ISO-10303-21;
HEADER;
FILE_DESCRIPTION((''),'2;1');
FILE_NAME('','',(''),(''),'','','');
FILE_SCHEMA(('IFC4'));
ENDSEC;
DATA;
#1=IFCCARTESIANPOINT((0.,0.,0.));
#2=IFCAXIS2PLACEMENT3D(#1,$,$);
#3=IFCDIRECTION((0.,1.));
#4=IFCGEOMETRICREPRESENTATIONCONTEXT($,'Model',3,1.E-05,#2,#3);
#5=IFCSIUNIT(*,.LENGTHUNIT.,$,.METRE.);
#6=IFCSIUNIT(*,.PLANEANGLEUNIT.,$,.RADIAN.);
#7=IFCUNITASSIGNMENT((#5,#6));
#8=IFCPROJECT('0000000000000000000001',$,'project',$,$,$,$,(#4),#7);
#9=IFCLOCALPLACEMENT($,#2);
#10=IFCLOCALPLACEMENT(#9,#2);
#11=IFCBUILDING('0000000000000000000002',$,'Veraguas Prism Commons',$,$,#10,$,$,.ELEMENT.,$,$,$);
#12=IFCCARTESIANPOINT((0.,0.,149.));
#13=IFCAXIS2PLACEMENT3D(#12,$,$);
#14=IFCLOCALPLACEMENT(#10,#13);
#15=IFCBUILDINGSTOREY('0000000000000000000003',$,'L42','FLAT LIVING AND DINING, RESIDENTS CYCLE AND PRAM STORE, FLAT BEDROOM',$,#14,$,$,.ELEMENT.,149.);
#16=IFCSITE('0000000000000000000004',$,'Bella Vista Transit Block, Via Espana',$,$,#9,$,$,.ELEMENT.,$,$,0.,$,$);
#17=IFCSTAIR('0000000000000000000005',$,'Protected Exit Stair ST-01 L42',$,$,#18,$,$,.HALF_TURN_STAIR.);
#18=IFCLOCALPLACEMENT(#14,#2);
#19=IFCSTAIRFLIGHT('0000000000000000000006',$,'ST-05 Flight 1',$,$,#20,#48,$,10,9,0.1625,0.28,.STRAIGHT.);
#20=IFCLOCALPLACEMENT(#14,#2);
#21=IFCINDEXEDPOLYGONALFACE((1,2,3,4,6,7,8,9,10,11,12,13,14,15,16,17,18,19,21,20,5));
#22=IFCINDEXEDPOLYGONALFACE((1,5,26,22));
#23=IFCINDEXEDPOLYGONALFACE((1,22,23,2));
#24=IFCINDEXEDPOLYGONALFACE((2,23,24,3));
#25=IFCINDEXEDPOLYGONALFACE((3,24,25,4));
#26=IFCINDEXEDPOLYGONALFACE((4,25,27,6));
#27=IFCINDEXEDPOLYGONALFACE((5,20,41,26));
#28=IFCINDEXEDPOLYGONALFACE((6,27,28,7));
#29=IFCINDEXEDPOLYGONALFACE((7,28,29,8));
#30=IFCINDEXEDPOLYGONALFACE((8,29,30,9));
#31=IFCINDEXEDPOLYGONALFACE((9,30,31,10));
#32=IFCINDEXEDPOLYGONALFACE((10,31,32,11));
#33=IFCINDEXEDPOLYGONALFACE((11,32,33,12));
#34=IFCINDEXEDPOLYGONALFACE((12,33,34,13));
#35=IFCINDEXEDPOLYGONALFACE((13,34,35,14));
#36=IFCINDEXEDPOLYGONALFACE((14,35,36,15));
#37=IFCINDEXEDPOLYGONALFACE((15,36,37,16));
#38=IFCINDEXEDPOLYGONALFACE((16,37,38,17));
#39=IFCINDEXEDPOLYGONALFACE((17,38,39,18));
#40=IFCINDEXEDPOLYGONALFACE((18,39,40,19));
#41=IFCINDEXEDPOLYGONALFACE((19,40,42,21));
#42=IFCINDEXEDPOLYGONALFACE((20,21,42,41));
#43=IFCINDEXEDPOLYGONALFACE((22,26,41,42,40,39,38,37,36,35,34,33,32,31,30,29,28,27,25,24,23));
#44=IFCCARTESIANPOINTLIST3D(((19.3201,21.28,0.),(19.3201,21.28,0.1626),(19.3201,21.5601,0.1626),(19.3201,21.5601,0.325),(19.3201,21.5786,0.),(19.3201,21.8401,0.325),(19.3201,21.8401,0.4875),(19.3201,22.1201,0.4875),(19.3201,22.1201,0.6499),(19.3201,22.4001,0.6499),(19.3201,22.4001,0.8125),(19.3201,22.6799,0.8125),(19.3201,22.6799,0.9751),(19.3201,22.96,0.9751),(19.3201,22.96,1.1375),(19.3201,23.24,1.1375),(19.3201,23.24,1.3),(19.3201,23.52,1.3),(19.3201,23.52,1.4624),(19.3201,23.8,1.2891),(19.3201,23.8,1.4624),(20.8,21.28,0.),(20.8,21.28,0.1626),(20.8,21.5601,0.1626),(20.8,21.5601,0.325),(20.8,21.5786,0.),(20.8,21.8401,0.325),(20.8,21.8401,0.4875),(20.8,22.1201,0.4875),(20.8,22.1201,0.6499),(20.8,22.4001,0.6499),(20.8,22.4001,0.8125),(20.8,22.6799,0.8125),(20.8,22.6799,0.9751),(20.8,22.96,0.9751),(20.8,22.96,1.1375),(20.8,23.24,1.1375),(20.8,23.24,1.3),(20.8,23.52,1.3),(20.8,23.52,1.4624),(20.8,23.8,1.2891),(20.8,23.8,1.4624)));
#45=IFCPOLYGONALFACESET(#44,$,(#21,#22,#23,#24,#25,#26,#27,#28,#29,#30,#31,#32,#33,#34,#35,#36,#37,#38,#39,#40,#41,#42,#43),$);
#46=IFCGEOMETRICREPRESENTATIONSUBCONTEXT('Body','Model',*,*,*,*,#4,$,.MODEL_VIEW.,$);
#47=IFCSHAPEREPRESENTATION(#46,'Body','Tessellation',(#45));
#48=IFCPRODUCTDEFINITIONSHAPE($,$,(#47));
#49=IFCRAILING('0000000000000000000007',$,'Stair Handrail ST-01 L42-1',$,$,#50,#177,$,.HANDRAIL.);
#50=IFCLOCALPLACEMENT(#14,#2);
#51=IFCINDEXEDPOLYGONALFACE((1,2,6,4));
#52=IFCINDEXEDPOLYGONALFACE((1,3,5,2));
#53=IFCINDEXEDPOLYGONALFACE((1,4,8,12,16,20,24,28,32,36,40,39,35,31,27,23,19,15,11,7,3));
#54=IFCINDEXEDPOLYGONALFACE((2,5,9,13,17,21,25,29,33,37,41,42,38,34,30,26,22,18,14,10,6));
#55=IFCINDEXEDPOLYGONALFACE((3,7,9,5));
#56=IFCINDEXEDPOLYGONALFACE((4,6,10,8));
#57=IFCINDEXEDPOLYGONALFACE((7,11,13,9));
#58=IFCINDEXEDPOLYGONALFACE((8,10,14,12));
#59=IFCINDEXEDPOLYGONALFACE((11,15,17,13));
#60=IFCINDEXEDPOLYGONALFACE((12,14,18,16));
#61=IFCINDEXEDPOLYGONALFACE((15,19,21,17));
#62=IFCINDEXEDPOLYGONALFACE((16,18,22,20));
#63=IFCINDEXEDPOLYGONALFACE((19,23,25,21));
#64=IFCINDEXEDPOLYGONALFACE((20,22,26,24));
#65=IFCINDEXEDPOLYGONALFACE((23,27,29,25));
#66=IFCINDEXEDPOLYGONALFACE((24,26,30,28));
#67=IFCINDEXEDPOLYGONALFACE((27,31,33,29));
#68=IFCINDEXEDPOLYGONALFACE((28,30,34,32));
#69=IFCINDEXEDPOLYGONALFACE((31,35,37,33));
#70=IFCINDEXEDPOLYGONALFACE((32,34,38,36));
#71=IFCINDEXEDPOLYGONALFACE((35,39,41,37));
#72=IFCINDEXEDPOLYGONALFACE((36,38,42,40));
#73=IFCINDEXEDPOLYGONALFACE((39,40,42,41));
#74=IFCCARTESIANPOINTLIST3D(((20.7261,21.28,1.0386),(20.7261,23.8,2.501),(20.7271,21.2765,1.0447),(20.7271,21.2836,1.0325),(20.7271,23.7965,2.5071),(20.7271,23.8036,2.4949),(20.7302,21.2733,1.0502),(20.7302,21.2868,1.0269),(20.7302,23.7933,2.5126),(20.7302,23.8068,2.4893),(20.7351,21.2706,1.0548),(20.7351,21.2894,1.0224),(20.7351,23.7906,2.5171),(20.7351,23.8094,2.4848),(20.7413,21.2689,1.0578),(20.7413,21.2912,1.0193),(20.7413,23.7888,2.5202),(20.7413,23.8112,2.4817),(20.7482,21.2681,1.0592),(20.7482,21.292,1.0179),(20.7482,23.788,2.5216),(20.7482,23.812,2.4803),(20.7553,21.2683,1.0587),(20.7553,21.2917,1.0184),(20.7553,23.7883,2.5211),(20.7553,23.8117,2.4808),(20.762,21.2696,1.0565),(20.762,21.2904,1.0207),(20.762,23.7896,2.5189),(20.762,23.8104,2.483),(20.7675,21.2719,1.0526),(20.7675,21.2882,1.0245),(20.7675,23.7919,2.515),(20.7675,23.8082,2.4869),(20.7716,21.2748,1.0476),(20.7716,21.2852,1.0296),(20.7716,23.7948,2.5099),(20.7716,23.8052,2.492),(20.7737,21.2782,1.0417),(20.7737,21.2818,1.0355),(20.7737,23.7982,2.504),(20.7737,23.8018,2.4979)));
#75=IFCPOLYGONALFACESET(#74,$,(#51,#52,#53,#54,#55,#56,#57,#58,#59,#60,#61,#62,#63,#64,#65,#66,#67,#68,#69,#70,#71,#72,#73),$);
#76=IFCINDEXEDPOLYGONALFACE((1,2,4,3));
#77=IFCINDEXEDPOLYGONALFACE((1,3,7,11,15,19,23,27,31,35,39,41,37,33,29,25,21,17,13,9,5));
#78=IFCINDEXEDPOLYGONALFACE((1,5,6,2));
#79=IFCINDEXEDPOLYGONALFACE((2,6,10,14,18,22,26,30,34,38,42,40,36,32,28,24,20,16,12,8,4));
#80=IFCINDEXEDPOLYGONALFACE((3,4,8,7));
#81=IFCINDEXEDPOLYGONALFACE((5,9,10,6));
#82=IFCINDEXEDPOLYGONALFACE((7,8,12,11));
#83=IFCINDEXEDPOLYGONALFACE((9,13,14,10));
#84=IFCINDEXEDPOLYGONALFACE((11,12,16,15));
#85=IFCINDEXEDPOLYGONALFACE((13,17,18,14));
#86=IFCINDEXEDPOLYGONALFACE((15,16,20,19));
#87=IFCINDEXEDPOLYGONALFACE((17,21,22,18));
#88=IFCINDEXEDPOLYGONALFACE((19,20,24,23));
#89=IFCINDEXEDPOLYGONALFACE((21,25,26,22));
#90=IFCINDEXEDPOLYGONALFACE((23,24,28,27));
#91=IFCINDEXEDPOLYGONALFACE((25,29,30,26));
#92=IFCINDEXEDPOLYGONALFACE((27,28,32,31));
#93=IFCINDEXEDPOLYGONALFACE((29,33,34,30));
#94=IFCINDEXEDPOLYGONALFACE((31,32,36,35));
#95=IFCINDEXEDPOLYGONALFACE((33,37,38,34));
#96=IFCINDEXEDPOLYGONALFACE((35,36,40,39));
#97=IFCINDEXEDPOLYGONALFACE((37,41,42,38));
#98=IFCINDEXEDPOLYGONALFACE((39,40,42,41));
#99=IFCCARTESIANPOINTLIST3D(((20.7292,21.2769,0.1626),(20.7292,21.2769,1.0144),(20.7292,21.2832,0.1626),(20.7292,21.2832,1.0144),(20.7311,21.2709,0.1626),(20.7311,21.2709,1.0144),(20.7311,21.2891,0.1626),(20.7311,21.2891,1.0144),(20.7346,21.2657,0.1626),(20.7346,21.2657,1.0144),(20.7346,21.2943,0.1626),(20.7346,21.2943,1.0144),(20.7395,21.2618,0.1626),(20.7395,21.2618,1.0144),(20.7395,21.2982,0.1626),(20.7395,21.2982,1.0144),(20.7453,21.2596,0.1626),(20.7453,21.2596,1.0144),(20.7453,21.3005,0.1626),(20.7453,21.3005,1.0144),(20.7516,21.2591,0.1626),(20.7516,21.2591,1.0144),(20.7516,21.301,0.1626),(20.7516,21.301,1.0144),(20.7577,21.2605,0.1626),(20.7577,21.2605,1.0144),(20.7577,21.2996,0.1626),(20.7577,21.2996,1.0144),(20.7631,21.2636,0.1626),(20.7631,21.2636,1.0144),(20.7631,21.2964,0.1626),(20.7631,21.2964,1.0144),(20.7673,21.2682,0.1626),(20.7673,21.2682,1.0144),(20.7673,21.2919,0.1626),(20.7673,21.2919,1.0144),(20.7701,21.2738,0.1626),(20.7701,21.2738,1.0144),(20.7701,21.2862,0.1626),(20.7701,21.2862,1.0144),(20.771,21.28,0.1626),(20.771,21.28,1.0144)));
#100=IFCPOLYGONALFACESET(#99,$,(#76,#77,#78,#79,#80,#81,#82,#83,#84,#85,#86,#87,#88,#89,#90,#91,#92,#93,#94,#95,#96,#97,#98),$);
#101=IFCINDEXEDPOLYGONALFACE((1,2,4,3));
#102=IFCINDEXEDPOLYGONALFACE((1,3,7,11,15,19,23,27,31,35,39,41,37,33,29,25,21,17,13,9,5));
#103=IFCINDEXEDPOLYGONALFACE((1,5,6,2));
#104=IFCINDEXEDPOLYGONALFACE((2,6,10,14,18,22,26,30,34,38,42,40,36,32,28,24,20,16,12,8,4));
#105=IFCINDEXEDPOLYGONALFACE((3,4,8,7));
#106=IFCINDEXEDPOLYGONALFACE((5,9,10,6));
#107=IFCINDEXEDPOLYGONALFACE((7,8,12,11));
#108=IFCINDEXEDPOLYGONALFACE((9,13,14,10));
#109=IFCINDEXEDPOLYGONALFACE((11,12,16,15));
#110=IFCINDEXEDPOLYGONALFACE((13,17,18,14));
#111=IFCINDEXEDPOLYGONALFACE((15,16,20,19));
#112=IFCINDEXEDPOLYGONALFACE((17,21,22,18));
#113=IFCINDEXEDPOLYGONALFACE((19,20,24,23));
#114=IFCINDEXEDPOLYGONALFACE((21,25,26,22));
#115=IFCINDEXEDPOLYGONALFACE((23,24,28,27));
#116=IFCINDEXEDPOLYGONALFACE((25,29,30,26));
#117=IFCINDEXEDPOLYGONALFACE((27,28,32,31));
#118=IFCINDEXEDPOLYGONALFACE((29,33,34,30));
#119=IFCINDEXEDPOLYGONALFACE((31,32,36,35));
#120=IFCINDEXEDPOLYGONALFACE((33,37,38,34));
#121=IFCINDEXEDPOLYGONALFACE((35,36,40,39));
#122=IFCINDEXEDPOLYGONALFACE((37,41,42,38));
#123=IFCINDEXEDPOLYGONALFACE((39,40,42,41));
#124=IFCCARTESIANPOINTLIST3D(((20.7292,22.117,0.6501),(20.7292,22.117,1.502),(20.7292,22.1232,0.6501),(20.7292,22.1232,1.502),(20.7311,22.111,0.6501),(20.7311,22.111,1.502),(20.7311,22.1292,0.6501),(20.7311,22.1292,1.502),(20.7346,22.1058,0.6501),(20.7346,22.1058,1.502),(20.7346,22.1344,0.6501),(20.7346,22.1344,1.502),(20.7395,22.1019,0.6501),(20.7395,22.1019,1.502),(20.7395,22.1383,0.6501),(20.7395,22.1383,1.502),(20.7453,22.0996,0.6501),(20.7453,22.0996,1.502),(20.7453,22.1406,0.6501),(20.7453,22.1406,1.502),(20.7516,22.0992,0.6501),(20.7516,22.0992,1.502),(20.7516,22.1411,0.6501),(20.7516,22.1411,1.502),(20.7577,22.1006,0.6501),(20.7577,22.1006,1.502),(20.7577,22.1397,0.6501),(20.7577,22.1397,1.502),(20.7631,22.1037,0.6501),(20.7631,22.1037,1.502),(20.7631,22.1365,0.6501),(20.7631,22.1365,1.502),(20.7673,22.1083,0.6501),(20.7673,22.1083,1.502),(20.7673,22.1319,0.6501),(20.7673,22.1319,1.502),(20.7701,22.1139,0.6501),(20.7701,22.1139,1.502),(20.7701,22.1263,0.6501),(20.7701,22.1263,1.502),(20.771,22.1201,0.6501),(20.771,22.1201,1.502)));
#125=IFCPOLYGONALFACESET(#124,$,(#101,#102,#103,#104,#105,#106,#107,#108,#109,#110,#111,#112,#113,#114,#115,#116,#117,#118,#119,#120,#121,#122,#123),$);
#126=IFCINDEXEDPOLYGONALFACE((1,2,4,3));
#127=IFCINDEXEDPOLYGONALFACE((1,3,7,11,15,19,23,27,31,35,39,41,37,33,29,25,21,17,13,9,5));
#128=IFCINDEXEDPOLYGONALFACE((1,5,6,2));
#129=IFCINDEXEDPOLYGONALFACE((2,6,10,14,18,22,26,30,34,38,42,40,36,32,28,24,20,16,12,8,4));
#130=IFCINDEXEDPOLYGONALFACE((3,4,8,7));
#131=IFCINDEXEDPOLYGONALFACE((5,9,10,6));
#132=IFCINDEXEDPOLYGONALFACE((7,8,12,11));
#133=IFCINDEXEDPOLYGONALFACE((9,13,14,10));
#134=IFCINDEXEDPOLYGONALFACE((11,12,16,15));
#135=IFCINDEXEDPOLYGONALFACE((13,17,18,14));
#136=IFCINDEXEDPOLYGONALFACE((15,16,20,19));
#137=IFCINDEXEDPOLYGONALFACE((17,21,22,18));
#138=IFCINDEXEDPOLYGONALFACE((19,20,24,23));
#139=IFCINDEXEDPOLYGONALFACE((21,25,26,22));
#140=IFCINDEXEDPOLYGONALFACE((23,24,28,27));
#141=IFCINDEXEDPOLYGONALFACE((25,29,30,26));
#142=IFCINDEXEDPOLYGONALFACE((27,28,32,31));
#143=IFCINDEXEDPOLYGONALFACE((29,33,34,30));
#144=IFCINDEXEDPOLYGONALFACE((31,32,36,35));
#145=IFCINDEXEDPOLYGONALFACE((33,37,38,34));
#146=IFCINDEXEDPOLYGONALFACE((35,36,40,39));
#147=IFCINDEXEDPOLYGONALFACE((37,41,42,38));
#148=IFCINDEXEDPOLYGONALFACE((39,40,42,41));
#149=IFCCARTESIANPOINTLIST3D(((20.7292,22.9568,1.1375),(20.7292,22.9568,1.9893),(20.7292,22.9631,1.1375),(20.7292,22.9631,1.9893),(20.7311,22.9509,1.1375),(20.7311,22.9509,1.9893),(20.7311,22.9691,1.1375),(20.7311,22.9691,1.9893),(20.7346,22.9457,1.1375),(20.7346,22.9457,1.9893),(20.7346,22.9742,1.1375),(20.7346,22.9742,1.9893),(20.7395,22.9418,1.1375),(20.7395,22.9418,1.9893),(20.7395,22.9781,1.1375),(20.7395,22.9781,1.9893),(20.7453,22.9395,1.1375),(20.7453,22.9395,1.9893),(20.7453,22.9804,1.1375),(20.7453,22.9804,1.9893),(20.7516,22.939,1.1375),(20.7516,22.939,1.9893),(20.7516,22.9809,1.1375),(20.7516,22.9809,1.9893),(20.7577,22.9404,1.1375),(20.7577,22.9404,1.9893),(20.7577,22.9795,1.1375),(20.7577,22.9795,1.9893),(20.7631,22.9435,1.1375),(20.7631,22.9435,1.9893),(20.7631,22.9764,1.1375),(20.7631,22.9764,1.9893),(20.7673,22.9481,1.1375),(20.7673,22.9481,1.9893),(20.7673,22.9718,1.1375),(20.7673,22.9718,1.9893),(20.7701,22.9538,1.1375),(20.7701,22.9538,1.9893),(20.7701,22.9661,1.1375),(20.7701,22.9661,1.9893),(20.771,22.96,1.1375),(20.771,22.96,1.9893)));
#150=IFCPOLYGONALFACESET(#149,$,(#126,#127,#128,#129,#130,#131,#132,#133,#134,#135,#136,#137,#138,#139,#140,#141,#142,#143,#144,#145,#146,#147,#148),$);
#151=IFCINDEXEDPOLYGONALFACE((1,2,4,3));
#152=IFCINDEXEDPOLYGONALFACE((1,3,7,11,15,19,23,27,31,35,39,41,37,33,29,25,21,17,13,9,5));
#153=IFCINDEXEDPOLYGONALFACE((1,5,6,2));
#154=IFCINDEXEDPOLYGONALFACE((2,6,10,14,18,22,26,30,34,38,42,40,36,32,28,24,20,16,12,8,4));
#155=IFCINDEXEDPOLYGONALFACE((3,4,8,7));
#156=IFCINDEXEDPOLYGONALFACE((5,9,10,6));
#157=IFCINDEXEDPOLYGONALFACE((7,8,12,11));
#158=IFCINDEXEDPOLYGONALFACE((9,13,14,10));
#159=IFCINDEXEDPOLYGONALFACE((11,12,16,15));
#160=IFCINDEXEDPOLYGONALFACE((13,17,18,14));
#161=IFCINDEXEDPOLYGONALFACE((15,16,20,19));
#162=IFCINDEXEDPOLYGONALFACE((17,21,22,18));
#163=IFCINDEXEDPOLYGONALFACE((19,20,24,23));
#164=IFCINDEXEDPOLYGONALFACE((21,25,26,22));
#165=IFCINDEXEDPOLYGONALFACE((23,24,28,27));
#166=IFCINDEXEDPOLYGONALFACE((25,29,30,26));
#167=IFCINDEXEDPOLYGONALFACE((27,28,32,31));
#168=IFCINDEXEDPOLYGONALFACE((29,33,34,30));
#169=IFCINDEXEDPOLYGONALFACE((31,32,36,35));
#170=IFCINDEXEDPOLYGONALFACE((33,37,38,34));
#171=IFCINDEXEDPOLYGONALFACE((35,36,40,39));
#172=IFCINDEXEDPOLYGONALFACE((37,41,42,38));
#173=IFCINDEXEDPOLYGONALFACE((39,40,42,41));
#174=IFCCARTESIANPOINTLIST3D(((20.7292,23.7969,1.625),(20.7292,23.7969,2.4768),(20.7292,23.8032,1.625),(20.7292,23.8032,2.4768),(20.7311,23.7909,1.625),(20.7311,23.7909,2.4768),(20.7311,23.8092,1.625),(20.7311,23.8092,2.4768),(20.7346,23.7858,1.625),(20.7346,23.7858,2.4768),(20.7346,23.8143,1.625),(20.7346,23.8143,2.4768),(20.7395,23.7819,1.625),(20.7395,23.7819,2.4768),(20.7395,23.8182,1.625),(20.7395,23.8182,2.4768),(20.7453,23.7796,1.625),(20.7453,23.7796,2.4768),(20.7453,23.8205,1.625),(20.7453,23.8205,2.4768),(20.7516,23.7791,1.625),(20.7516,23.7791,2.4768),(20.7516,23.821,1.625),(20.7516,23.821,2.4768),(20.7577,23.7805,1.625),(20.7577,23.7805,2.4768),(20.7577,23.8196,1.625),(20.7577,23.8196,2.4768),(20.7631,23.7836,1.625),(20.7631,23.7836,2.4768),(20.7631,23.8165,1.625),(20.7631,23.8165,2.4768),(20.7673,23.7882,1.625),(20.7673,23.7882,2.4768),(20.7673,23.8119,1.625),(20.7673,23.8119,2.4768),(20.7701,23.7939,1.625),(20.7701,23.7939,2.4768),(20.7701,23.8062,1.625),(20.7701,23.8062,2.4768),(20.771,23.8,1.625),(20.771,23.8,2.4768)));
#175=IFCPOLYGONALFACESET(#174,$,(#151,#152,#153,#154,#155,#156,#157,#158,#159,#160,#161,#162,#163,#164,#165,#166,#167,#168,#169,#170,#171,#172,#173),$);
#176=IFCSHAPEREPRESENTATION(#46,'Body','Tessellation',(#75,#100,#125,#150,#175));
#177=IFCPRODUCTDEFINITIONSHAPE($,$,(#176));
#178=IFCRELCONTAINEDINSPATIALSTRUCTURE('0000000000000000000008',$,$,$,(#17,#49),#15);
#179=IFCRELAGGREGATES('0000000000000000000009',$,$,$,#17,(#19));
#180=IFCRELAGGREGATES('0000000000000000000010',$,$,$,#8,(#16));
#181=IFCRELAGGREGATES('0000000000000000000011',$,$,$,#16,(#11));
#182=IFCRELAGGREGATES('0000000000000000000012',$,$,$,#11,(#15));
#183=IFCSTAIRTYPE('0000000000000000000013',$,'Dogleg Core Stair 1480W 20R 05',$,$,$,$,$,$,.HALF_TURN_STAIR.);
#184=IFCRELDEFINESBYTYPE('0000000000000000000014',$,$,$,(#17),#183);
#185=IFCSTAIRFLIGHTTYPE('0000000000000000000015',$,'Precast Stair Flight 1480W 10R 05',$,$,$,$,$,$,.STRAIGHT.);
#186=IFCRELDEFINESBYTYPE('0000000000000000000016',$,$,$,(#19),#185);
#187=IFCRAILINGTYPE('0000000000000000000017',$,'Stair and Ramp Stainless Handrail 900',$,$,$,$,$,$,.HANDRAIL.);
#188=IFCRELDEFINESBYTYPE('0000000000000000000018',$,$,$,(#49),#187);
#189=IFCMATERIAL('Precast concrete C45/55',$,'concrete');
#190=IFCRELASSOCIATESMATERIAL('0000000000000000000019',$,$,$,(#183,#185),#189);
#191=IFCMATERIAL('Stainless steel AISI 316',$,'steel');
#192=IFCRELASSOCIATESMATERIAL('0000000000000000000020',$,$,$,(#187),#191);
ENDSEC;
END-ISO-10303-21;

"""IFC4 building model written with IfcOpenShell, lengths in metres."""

from ifc_helpers import new_model, si_unit, direction, frame, origin, origin_2d, place, context, subcontext, project, spatial, polyline, circle, outline, extrude, material, type_object, element, aggregate, save


model = new_model("IFC4")

# Units and contexts
model_context = context("Model", 3, precision=1e-05, world=origin(), true_north=direction((0.0, 1.0)))
body_context = subcontext(model_context, "Body", "Model", "MODEL_VIEW")
ifc_project = project(units=[si_unit("LENGTHUNIT", "METRE"), si_unit("PLANEANGLEUNIT", "RADIAN")], contexts=[model_context])

# Site, building, storey
site_placement = place(None, origin())
site = spatial("IfcSite", under=ifc_project, at=site_placement, Name="Bella Vista Transit Block, Via Espana", CompositionType="ELEMENT", RefElevation=0.0)
building_placement = place(site_placement, origin())
building = spatial("IfcBuilding", under=site, at=building_placement, Name="Veraguas Prism Commons", CompositionType="ELEMENT")
storey_placement = place(building_placement, frame((0.0, 0.0, 149.0)))
storey = spatial("IfcBuildingStorey", under=building, at=storey_placement, Name="L42", Description="FLAT LIVING AND DINING, RESIDENTS CYCLE AND PRAM STORE, FLAT BEDROOM", CompositionType="ELEMENT", Elevation=149.0)

# Shared definitions
ifc_material_1 = material(Name="Stainless steel AISI 316", Category="steel")

# Stair, stair flight
ifc_material_2 = material(Name="Precast concrete C45/55", Category="concrete")
stair_type = type_object("IfcStairType", Name="Dogleg Core Stair 1480W 20R 05", PredefinedType="HALF_TURN_STAIR", material=ifc_material_2)
stair_placement = place(storey_placement, origin())
stair = element("IfcStair", 1, at=stair_placement, inside=storey, type_object=stair_type, Name="Protected Exit Stair ST-01 L42", PredefinedType="HALF_TURN_STAIR")
stair_flight_type = type_object("IfcStairFlightType", Name="Precast Stair Flight 1480W 10R 05", PredefinedType="STRAIGHT", material=ifc_material_2)
stair_flight_placement = place(storey_placement, frame((20.0601, 21.28, 0.0), z_axis=(0.0, 0.0, 1.0), x_axis=(0.0, 1.0, 0.0)))
stair_flight = element("IfcStairFlight", 2, at=stair_flight_placement, type_object=stair_flight_type, Name="ST-05 Flight 1", NumberOfRisers=10, NumberOfTreads=9, PredefinedType="STRAIGHT", RiserHeight=0.1625, TreadLength=0.28, context=body_context, shape_type="SweptSolid", body=[
    extrude(outline(polyline([(0.0, 0.0), (0.0, 0.1626), (0.28, 0.1626), (0.28, 0.325), (0.5601, 0.325), (0.5601, 0.4875), (0.8401, 0.4875), (0.8401, 0.6499), (1.1201, 0.6499), (1.1201, 0.8125), (1.3999, 0.8125), (1.3999, 0.9751), (1.6799, 0.9751), (1.6799, 1.1375), (1.96, 1.1375), (1.96, 1.3), (2.24, 1.3), (2.24, 1.4624), (2.52, 1.4624), (2.52, 1.625), (2.52, 1.2891), (0.2986, 0.0), (0.0, 0.0)])), frame((0.0, 0.74, 0.0), z_axis=(0.0, -1.0, 0.0), x_axis=(1.0, 0.0, 0.0)), (0.0, 0.0, 1.0), 1.48),
])
aggregate(stair, [stair_flight])

# Railing
railing_type_1 = type_object("IfcRailingType", Name="Stair and Ramp Stainless Handrail 900", PredefinedType="HANDRAIL", material=ifc_material_1)
railing_1_placement = place(storey_placement, frame((20.75, 21.28, 0.1626)))
element("IfcRailing", 3, at=railing_1_placement, inside=storey, type_object=railing_type_1, Name="Stair Handrail ST-01 L42-1", PredefinedType="HANDRAIL", context=body_context, shape_type="SweptSolid", body=[
    extrude(circle(Radius=0.0239, at=origin_2d()), frame((0.0, 0.0, 0.876), z_axis=(0.0, 0.864913, 0.501921), x_axis=(-1.0, 0.0, 0.0)), (0.0, 0.0, 1.0), 2.9136),
    extrude(circle(Radius=0.021, at=origin_2d()), origin(), (0.0, 0.0, 1.0), 0.8518),
    extrude(circle(Radius=0.021, at=origin_2d()), frame((0.0, 0.8401, 0.4875)), (0.0, 0.0, 1.0), 0.8518),
    extrude(circle(Radius=0.021, at=origin_2d()), frame((0.0, 1.6799, 0.9749)), (0.0, 0.0, 1.0), 0.8518),
    extrude(circle(Radius=0.021, at=origin_2d()), frame((0.0, 2.52, 1.4624)), (0.0, 0.0, 1.0), 0.8518),
])

save(model, "model.ifc")
